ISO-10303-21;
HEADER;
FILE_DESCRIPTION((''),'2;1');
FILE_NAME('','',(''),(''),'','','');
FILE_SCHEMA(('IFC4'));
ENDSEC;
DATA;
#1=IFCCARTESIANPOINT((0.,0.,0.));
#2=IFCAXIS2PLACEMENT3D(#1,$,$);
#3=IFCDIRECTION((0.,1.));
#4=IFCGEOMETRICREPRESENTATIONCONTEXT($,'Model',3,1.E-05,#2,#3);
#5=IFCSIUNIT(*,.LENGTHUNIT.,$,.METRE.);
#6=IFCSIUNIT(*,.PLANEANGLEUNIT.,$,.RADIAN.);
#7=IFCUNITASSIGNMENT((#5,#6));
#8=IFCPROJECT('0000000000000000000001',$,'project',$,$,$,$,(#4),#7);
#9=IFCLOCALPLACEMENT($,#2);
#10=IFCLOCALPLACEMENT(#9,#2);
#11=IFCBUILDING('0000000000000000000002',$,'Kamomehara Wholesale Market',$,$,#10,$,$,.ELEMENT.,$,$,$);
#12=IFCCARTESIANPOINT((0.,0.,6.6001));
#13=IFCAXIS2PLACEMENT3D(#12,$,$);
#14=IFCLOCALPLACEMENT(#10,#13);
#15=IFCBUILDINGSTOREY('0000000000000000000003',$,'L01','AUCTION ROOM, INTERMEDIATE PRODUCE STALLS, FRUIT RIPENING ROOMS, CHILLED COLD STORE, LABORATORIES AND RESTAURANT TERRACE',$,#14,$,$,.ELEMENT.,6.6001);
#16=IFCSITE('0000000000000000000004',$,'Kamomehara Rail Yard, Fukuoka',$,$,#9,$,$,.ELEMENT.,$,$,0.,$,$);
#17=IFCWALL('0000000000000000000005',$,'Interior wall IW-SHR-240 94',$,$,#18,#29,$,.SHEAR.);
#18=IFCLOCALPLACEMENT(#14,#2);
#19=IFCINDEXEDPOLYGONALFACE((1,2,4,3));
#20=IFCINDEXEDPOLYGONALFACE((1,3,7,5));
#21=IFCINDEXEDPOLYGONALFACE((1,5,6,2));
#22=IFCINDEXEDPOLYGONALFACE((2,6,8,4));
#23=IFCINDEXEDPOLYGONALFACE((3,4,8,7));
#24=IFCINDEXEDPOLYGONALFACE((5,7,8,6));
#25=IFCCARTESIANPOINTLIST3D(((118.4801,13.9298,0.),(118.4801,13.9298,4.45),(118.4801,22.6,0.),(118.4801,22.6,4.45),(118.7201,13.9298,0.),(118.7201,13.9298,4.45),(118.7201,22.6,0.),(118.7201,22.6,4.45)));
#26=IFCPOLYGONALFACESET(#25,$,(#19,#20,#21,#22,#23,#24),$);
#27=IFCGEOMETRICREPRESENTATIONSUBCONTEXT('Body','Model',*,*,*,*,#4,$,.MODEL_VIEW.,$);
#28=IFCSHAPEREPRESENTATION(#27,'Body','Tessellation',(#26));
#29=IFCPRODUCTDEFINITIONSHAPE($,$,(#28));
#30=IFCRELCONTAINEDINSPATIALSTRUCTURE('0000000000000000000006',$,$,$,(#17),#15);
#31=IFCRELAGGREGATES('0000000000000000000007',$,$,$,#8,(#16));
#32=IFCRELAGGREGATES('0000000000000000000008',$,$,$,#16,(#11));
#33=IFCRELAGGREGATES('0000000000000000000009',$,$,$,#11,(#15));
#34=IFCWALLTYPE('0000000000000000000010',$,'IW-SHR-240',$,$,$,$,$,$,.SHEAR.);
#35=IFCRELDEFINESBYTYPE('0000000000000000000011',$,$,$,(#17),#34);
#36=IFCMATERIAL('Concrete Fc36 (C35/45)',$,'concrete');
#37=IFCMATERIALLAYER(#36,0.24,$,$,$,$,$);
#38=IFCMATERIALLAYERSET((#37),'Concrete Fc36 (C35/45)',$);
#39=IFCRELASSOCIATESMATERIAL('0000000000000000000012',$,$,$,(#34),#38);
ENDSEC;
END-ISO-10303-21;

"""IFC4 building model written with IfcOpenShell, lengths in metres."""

from ifc_helpers import new_model, si_unit, direction, frame, frame_2d, origin, place, context, subcontext, project, spatial, rectangle, extrude, material, layer, layer_set, type_object, element, save


model = new_model("IFC4")

# Units and contexts
model_context = context("Model", 3, precision=1e-05, world=origin(), true_north=direction((0.0, 1.0)))
body_context = subcontext(model_context, "Body", "Model", "MODEL_VIEW")
ifc_project = project(units=[si_unit("LENGTHUNIT", "METRE"), si_unit("PLANEANGLEUNIT", "RADIAN")], contexts=[model_context])

# Site, building, storey
site_placement = place(None, origin())
site = spatial("IfcSite", under=ifc_project, at=site_placement, Name="Kamomehara Rail Yard, Fukuoka", CompositionType="ELEMENT", RefElevation=0.0)
building_placement = place(site_placement, origin())
building = spatial("IfcBuilding", under=site, at=building_placement, Name="Kamomehara Wholesale Market", CompositionType="ELEMENT")
storey_placement = place(building_placement, frame((0.0, 0.0, 6.6001)))
storey = spatial("IfcBuildingStorey", under=building, at=storey_placement, Name="L01", Description="AUCTION ROOM, INTERMEDIATE PRODUCE STALLS, FRUIT RIPENING ROOMS, CHILLED COLD STORE, LABORATORIES AND RESTAURANT TERRACE", CompositionType="ELEMENT", Elevation=6.6001)

# Wall
ifc_material_1 = material(Name="Concrete Fc36 (C35/45)", Category="concrete")
ifc_layer_1 = layer(ifc_material_1, 0.24)
ifc_layer_set_1 = layer_set([ifc_layer_1], Name="Concrete Fc36 (C35/45)")
wall_type = type_object("IfcWallType", Name="IW-SHR-240", PredefinedType="SHEAR", material=ifc_layer_set_1)
wall_placement = place(storey_placement, frame((118.6001, 13.9299, 0.0), z_axis=(0.0, 0.0, 1.0), x_axis=(0.0, 1.0, 0.0)))
element("IfcWall", 1, at=wall_placement, inside=storey, type_object=wall_type, Name="Interior wall IW-SHR-240 94", PredefinedType="SHEAR", context=body_context, shape_type="SweptSolid", body=[
    extrude(rectangle(XDim=8.6702, YDim=0.24, at=frame_2d((4.335, 0.0))), origin(), (0.0, 0.0, 1.0), 4.45),
])

save(model, "model.ifc")
